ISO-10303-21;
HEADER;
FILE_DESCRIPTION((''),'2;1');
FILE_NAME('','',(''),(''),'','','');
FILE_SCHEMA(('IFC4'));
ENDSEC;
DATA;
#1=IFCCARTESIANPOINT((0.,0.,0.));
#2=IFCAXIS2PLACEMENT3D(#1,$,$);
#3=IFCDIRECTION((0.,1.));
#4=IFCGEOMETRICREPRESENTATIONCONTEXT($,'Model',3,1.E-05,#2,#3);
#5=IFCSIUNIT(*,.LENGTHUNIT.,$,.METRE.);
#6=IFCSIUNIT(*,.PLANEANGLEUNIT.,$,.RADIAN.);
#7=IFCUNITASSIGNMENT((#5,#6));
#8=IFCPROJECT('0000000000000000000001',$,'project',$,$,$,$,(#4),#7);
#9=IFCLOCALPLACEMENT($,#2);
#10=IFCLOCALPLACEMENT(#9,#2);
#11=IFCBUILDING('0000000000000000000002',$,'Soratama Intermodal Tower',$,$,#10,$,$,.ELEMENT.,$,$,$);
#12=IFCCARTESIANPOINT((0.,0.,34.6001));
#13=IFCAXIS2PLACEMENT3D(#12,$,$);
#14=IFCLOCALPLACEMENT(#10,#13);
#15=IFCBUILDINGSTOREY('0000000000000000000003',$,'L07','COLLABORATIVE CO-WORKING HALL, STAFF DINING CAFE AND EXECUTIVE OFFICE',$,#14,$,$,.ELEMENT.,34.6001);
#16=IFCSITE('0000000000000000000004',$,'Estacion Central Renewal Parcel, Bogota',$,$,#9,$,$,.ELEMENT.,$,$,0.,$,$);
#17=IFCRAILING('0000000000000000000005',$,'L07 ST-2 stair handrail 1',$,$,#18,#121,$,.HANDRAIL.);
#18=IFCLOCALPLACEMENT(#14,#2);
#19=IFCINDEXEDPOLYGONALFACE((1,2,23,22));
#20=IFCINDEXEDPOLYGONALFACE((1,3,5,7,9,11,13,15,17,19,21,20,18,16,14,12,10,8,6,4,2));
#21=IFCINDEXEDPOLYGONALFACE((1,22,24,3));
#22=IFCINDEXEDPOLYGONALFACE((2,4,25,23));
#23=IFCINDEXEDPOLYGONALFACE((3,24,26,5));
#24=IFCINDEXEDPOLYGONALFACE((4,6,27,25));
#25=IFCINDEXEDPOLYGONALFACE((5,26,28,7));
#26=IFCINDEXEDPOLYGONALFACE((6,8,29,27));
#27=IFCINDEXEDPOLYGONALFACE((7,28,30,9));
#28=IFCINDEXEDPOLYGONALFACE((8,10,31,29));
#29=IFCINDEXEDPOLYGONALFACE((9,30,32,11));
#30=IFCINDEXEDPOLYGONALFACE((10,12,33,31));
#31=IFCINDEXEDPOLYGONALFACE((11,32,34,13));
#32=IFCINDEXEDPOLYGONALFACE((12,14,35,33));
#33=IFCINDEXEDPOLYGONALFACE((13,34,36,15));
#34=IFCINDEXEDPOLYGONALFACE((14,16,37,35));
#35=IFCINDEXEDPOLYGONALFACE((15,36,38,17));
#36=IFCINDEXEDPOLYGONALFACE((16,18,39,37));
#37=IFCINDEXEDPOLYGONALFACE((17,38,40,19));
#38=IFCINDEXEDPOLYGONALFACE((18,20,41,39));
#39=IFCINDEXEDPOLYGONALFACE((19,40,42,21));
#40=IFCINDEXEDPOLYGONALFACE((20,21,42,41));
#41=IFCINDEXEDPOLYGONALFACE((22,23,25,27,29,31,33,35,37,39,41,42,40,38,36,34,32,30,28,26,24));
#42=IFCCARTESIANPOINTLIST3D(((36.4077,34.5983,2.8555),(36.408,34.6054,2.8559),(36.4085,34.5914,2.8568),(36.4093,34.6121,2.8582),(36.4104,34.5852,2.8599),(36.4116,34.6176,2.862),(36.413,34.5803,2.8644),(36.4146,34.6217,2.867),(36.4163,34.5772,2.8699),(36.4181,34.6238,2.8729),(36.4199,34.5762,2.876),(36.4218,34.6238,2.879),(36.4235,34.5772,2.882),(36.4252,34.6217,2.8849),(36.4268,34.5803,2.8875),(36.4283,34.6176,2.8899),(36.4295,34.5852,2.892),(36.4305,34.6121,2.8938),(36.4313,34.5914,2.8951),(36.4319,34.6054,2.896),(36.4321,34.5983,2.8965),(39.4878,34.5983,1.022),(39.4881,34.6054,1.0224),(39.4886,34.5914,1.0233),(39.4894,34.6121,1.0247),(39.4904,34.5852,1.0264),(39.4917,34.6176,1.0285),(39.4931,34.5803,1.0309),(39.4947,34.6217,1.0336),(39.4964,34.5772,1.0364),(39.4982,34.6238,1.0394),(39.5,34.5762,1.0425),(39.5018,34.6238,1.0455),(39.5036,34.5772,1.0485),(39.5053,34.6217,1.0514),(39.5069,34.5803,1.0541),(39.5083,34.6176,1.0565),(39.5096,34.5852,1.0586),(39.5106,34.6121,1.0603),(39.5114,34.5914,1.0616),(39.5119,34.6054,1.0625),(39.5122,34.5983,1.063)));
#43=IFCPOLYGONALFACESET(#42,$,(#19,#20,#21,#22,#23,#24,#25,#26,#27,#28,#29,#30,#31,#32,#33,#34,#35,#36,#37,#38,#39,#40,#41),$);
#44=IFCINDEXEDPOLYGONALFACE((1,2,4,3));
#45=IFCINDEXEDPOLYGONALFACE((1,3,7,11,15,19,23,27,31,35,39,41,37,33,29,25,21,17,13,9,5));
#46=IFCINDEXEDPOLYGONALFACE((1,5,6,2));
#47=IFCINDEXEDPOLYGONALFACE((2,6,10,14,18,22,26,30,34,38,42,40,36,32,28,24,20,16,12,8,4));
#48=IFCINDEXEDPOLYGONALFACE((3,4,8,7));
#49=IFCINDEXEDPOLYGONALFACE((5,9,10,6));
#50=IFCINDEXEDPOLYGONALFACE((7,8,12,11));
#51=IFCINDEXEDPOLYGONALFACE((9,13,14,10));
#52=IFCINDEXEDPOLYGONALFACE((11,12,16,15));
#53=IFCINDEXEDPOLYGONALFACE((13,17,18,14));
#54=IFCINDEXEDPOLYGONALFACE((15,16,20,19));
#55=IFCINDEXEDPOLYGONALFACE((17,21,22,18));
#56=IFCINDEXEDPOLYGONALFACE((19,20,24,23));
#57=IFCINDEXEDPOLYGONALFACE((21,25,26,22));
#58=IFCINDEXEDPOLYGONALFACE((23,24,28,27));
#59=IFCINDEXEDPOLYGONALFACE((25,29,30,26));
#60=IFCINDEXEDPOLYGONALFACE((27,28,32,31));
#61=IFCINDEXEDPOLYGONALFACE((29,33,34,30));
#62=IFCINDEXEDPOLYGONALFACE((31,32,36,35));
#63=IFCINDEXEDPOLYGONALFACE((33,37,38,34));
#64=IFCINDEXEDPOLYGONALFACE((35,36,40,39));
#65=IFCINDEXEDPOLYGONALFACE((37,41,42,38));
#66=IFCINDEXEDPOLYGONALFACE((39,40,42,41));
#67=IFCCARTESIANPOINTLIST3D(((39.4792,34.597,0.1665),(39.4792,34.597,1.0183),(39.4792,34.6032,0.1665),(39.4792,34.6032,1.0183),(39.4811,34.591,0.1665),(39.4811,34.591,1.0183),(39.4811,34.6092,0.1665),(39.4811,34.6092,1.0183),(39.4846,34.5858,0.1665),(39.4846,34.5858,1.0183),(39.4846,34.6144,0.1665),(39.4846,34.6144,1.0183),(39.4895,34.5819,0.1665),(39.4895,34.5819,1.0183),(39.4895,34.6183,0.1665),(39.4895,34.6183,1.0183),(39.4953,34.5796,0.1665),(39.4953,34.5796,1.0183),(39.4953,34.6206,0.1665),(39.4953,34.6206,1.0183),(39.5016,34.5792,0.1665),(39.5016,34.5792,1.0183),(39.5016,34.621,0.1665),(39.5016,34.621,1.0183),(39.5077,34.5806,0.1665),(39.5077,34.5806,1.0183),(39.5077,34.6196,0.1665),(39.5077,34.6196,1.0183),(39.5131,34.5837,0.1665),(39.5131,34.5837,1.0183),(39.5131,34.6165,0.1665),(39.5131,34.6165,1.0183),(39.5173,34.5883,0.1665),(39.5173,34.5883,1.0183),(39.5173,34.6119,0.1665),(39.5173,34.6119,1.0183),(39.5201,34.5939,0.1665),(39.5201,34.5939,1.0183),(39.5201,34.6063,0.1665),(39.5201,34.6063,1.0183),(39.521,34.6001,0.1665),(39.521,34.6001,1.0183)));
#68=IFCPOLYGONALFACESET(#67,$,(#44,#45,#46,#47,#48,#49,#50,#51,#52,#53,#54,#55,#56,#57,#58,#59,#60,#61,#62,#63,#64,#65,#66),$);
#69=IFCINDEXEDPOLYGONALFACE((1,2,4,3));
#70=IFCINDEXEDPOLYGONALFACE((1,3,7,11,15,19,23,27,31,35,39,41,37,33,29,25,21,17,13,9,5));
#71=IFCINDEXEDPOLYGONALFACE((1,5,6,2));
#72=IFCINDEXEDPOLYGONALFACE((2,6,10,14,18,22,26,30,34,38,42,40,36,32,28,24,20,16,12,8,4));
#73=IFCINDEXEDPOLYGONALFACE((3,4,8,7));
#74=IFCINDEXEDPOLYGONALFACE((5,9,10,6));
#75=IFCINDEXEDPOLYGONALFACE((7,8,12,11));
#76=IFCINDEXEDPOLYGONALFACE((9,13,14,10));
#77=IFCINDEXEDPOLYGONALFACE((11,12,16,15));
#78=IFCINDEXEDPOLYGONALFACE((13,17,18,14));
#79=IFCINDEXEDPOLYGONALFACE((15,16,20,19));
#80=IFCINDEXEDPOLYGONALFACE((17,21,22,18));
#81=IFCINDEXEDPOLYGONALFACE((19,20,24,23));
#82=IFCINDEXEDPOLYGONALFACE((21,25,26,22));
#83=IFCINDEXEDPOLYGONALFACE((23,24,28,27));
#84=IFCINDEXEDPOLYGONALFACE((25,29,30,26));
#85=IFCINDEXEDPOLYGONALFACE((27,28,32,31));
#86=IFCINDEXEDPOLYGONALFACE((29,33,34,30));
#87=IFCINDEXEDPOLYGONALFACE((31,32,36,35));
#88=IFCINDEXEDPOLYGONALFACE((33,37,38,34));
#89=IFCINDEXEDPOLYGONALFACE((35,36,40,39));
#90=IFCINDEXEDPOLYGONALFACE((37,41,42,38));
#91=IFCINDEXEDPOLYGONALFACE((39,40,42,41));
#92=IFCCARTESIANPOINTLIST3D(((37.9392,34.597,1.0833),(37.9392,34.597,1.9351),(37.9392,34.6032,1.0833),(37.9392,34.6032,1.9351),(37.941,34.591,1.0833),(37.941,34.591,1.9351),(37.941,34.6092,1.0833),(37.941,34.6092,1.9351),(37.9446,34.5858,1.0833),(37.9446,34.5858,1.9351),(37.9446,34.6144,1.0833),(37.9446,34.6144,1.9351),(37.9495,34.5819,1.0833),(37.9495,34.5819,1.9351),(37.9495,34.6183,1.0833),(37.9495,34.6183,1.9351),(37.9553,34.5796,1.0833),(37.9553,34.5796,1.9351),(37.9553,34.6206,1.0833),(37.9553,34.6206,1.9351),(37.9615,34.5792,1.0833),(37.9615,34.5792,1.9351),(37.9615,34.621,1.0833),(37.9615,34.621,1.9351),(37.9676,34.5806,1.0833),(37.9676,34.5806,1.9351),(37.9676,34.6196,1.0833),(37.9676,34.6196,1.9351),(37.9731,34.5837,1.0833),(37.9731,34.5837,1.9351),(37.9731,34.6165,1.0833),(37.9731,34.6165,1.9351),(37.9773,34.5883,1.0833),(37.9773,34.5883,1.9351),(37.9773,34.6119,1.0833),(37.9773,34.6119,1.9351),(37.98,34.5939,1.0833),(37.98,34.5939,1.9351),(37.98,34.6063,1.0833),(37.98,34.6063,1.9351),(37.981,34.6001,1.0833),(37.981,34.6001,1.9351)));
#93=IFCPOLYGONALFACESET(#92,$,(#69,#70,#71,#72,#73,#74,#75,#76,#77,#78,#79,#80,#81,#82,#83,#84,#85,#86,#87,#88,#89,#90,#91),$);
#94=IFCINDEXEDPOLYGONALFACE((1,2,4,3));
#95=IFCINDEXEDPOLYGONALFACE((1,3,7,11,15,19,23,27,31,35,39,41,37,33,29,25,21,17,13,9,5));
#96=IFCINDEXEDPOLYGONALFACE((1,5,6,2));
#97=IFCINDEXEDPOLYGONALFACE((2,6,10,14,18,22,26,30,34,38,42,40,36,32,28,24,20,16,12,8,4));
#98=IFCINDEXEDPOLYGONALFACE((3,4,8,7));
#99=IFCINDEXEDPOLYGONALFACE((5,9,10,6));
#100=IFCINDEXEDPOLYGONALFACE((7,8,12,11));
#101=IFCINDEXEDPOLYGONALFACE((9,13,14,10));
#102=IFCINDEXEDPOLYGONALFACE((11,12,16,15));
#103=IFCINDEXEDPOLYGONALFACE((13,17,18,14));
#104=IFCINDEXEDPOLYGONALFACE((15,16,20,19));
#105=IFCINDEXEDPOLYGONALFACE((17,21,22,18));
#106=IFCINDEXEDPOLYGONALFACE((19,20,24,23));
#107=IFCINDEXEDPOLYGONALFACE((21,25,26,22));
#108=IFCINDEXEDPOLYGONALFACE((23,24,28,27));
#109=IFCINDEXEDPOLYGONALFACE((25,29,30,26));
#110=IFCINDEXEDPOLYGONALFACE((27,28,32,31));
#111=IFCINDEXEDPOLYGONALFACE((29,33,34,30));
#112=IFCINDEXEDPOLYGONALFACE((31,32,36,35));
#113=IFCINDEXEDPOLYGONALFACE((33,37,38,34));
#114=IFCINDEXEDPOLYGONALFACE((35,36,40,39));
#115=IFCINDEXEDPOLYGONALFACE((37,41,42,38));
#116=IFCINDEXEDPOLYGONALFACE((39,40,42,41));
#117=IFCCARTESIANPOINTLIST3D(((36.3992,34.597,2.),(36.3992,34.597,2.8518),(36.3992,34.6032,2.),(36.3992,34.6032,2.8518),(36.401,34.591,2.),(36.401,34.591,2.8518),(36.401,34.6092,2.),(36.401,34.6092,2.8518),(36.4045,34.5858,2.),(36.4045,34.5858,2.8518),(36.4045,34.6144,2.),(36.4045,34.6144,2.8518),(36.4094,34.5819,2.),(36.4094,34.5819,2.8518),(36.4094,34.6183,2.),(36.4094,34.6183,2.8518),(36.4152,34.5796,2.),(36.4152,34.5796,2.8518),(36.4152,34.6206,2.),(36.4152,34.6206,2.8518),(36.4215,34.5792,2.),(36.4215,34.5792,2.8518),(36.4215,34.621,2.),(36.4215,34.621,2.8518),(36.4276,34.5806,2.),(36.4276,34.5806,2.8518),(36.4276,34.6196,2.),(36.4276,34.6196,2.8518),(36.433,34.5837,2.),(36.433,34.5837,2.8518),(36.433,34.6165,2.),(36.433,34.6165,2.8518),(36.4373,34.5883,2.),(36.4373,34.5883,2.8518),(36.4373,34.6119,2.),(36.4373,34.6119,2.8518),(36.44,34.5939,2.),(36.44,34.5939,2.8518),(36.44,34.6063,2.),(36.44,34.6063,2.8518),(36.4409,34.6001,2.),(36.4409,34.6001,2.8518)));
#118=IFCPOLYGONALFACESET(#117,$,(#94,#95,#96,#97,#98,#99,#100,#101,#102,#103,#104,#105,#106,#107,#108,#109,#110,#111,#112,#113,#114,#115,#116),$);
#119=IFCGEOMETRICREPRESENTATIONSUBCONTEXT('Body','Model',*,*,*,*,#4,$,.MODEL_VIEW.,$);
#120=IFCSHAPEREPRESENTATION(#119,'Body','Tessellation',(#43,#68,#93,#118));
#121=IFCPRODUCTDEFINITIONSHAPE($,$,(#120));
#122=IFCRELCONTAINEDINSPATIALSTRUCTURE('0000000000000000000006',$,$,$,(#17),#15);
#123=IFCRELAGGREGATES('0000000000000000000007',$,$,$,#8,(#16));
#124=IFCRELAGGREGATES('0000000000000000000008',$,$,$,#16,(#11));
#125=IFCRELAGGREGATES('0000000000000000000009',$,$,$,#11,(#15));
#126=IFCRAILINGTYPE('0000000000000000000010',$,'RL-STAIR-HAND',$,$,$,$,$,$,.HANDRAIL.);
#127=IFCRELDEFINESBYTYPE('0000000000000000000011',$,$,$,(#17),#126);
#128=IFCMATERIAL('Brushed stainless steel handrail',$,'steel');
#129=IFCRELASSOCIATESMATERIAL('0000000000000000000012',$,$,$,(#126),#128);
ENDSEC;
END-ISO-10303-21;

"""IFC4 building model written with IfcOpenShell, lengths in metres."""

from ifc_helpers import new_model, si_unit, direction, frame, origin, origin_2d, place, context, subcontext, project, spatial, circle, extrude, material, type_object, element, save


model = new_model("IFC4")

# Units and contexts
model_context = context("Model", 3, precision=1e-05, world=origin(), true_north=direction((0.0, 1.0)))
body_context = subcontext(model_context, "Body", "Model", "MODEL_VIEW")
ifc_project = project(units=[si_unit("LENGTHUNIT", "METRE"), si_unit("PLANEANGLEUNIT", "RADIAN")], contexts=[model_context])

# Site, building, storey
site_placement = place(None, origin())
site = spatial("IfcSite", under=ifc_project, at=site_placement, Name="Estacion Central Renewal Parcel, Bogota", CompositionType="ELEMENT", RefElevation=0.0)
building_placement = place(site_placement, origin())
building = spatial("IfcBuilding", under=site, at=building_placement, Name="Soratama Intermodal Tower", CompositionType="ELEMENT")
storey_placement = place(building_placement, frame((0.0, 0.0, 34.6001)))
storey = spatial("IfcBuildingStorey", under=building, at=storey_placement, Name="L07", Description="COLLABORATIVE CO-WORKING HALL, STAFF DINING CAFE AND EXECUTIVE OFFICE", CompositionType="ELEMENT", Elevation=34.6001)

# Railing
ifc_material_1 = material(Name="Brushed stainless steel handrail", Category="steel")
railing_type_1 = type_object("IfcRailingType", Name="RL-STAIR-HAND", PredefinedType="HANDRAIL", material=ifc_material_1)
railing_1_placement = place(storey_placement, frame((39.5, 34.6001, 0.1665)))
element("IfcRailing", 1, at=railing_1_placement, inside=storey, type_object=railing_type_1, Name="L07 ST-2 stair handrail 1", PredefinedType="HANDRAIL", context=body_context, shape_type="SweptSolid", body=[
    extrude(circle(Radius=0.0239, at=origin_2d()), frame((0.0, 0.0, 0.876), z_axis=(-0.859279, 0.0, 0.511508), x_axis=(0.0, -1.0, 0.0)), (0.0, 0.0, 1.0), 3.5845),
    extrude(circle(Radius=0.021, at=origin_2d()), origin(), (0.0, 0.0, 1.0), 0.8518),
    extrude(circle(Radius=0.021, at=origin_2d()), frame((-1.54, 0.0, 0.9167)), (0.0, 0.0, 1.0), 0.8518),
    extrude(circle(Radius=0.021, at=origin_2d()), frame((-3.0801, 0.0, 1.8335)), (0.0, 0.0, 1.0), 0.8518),
])

save(model, "model.ifc")
